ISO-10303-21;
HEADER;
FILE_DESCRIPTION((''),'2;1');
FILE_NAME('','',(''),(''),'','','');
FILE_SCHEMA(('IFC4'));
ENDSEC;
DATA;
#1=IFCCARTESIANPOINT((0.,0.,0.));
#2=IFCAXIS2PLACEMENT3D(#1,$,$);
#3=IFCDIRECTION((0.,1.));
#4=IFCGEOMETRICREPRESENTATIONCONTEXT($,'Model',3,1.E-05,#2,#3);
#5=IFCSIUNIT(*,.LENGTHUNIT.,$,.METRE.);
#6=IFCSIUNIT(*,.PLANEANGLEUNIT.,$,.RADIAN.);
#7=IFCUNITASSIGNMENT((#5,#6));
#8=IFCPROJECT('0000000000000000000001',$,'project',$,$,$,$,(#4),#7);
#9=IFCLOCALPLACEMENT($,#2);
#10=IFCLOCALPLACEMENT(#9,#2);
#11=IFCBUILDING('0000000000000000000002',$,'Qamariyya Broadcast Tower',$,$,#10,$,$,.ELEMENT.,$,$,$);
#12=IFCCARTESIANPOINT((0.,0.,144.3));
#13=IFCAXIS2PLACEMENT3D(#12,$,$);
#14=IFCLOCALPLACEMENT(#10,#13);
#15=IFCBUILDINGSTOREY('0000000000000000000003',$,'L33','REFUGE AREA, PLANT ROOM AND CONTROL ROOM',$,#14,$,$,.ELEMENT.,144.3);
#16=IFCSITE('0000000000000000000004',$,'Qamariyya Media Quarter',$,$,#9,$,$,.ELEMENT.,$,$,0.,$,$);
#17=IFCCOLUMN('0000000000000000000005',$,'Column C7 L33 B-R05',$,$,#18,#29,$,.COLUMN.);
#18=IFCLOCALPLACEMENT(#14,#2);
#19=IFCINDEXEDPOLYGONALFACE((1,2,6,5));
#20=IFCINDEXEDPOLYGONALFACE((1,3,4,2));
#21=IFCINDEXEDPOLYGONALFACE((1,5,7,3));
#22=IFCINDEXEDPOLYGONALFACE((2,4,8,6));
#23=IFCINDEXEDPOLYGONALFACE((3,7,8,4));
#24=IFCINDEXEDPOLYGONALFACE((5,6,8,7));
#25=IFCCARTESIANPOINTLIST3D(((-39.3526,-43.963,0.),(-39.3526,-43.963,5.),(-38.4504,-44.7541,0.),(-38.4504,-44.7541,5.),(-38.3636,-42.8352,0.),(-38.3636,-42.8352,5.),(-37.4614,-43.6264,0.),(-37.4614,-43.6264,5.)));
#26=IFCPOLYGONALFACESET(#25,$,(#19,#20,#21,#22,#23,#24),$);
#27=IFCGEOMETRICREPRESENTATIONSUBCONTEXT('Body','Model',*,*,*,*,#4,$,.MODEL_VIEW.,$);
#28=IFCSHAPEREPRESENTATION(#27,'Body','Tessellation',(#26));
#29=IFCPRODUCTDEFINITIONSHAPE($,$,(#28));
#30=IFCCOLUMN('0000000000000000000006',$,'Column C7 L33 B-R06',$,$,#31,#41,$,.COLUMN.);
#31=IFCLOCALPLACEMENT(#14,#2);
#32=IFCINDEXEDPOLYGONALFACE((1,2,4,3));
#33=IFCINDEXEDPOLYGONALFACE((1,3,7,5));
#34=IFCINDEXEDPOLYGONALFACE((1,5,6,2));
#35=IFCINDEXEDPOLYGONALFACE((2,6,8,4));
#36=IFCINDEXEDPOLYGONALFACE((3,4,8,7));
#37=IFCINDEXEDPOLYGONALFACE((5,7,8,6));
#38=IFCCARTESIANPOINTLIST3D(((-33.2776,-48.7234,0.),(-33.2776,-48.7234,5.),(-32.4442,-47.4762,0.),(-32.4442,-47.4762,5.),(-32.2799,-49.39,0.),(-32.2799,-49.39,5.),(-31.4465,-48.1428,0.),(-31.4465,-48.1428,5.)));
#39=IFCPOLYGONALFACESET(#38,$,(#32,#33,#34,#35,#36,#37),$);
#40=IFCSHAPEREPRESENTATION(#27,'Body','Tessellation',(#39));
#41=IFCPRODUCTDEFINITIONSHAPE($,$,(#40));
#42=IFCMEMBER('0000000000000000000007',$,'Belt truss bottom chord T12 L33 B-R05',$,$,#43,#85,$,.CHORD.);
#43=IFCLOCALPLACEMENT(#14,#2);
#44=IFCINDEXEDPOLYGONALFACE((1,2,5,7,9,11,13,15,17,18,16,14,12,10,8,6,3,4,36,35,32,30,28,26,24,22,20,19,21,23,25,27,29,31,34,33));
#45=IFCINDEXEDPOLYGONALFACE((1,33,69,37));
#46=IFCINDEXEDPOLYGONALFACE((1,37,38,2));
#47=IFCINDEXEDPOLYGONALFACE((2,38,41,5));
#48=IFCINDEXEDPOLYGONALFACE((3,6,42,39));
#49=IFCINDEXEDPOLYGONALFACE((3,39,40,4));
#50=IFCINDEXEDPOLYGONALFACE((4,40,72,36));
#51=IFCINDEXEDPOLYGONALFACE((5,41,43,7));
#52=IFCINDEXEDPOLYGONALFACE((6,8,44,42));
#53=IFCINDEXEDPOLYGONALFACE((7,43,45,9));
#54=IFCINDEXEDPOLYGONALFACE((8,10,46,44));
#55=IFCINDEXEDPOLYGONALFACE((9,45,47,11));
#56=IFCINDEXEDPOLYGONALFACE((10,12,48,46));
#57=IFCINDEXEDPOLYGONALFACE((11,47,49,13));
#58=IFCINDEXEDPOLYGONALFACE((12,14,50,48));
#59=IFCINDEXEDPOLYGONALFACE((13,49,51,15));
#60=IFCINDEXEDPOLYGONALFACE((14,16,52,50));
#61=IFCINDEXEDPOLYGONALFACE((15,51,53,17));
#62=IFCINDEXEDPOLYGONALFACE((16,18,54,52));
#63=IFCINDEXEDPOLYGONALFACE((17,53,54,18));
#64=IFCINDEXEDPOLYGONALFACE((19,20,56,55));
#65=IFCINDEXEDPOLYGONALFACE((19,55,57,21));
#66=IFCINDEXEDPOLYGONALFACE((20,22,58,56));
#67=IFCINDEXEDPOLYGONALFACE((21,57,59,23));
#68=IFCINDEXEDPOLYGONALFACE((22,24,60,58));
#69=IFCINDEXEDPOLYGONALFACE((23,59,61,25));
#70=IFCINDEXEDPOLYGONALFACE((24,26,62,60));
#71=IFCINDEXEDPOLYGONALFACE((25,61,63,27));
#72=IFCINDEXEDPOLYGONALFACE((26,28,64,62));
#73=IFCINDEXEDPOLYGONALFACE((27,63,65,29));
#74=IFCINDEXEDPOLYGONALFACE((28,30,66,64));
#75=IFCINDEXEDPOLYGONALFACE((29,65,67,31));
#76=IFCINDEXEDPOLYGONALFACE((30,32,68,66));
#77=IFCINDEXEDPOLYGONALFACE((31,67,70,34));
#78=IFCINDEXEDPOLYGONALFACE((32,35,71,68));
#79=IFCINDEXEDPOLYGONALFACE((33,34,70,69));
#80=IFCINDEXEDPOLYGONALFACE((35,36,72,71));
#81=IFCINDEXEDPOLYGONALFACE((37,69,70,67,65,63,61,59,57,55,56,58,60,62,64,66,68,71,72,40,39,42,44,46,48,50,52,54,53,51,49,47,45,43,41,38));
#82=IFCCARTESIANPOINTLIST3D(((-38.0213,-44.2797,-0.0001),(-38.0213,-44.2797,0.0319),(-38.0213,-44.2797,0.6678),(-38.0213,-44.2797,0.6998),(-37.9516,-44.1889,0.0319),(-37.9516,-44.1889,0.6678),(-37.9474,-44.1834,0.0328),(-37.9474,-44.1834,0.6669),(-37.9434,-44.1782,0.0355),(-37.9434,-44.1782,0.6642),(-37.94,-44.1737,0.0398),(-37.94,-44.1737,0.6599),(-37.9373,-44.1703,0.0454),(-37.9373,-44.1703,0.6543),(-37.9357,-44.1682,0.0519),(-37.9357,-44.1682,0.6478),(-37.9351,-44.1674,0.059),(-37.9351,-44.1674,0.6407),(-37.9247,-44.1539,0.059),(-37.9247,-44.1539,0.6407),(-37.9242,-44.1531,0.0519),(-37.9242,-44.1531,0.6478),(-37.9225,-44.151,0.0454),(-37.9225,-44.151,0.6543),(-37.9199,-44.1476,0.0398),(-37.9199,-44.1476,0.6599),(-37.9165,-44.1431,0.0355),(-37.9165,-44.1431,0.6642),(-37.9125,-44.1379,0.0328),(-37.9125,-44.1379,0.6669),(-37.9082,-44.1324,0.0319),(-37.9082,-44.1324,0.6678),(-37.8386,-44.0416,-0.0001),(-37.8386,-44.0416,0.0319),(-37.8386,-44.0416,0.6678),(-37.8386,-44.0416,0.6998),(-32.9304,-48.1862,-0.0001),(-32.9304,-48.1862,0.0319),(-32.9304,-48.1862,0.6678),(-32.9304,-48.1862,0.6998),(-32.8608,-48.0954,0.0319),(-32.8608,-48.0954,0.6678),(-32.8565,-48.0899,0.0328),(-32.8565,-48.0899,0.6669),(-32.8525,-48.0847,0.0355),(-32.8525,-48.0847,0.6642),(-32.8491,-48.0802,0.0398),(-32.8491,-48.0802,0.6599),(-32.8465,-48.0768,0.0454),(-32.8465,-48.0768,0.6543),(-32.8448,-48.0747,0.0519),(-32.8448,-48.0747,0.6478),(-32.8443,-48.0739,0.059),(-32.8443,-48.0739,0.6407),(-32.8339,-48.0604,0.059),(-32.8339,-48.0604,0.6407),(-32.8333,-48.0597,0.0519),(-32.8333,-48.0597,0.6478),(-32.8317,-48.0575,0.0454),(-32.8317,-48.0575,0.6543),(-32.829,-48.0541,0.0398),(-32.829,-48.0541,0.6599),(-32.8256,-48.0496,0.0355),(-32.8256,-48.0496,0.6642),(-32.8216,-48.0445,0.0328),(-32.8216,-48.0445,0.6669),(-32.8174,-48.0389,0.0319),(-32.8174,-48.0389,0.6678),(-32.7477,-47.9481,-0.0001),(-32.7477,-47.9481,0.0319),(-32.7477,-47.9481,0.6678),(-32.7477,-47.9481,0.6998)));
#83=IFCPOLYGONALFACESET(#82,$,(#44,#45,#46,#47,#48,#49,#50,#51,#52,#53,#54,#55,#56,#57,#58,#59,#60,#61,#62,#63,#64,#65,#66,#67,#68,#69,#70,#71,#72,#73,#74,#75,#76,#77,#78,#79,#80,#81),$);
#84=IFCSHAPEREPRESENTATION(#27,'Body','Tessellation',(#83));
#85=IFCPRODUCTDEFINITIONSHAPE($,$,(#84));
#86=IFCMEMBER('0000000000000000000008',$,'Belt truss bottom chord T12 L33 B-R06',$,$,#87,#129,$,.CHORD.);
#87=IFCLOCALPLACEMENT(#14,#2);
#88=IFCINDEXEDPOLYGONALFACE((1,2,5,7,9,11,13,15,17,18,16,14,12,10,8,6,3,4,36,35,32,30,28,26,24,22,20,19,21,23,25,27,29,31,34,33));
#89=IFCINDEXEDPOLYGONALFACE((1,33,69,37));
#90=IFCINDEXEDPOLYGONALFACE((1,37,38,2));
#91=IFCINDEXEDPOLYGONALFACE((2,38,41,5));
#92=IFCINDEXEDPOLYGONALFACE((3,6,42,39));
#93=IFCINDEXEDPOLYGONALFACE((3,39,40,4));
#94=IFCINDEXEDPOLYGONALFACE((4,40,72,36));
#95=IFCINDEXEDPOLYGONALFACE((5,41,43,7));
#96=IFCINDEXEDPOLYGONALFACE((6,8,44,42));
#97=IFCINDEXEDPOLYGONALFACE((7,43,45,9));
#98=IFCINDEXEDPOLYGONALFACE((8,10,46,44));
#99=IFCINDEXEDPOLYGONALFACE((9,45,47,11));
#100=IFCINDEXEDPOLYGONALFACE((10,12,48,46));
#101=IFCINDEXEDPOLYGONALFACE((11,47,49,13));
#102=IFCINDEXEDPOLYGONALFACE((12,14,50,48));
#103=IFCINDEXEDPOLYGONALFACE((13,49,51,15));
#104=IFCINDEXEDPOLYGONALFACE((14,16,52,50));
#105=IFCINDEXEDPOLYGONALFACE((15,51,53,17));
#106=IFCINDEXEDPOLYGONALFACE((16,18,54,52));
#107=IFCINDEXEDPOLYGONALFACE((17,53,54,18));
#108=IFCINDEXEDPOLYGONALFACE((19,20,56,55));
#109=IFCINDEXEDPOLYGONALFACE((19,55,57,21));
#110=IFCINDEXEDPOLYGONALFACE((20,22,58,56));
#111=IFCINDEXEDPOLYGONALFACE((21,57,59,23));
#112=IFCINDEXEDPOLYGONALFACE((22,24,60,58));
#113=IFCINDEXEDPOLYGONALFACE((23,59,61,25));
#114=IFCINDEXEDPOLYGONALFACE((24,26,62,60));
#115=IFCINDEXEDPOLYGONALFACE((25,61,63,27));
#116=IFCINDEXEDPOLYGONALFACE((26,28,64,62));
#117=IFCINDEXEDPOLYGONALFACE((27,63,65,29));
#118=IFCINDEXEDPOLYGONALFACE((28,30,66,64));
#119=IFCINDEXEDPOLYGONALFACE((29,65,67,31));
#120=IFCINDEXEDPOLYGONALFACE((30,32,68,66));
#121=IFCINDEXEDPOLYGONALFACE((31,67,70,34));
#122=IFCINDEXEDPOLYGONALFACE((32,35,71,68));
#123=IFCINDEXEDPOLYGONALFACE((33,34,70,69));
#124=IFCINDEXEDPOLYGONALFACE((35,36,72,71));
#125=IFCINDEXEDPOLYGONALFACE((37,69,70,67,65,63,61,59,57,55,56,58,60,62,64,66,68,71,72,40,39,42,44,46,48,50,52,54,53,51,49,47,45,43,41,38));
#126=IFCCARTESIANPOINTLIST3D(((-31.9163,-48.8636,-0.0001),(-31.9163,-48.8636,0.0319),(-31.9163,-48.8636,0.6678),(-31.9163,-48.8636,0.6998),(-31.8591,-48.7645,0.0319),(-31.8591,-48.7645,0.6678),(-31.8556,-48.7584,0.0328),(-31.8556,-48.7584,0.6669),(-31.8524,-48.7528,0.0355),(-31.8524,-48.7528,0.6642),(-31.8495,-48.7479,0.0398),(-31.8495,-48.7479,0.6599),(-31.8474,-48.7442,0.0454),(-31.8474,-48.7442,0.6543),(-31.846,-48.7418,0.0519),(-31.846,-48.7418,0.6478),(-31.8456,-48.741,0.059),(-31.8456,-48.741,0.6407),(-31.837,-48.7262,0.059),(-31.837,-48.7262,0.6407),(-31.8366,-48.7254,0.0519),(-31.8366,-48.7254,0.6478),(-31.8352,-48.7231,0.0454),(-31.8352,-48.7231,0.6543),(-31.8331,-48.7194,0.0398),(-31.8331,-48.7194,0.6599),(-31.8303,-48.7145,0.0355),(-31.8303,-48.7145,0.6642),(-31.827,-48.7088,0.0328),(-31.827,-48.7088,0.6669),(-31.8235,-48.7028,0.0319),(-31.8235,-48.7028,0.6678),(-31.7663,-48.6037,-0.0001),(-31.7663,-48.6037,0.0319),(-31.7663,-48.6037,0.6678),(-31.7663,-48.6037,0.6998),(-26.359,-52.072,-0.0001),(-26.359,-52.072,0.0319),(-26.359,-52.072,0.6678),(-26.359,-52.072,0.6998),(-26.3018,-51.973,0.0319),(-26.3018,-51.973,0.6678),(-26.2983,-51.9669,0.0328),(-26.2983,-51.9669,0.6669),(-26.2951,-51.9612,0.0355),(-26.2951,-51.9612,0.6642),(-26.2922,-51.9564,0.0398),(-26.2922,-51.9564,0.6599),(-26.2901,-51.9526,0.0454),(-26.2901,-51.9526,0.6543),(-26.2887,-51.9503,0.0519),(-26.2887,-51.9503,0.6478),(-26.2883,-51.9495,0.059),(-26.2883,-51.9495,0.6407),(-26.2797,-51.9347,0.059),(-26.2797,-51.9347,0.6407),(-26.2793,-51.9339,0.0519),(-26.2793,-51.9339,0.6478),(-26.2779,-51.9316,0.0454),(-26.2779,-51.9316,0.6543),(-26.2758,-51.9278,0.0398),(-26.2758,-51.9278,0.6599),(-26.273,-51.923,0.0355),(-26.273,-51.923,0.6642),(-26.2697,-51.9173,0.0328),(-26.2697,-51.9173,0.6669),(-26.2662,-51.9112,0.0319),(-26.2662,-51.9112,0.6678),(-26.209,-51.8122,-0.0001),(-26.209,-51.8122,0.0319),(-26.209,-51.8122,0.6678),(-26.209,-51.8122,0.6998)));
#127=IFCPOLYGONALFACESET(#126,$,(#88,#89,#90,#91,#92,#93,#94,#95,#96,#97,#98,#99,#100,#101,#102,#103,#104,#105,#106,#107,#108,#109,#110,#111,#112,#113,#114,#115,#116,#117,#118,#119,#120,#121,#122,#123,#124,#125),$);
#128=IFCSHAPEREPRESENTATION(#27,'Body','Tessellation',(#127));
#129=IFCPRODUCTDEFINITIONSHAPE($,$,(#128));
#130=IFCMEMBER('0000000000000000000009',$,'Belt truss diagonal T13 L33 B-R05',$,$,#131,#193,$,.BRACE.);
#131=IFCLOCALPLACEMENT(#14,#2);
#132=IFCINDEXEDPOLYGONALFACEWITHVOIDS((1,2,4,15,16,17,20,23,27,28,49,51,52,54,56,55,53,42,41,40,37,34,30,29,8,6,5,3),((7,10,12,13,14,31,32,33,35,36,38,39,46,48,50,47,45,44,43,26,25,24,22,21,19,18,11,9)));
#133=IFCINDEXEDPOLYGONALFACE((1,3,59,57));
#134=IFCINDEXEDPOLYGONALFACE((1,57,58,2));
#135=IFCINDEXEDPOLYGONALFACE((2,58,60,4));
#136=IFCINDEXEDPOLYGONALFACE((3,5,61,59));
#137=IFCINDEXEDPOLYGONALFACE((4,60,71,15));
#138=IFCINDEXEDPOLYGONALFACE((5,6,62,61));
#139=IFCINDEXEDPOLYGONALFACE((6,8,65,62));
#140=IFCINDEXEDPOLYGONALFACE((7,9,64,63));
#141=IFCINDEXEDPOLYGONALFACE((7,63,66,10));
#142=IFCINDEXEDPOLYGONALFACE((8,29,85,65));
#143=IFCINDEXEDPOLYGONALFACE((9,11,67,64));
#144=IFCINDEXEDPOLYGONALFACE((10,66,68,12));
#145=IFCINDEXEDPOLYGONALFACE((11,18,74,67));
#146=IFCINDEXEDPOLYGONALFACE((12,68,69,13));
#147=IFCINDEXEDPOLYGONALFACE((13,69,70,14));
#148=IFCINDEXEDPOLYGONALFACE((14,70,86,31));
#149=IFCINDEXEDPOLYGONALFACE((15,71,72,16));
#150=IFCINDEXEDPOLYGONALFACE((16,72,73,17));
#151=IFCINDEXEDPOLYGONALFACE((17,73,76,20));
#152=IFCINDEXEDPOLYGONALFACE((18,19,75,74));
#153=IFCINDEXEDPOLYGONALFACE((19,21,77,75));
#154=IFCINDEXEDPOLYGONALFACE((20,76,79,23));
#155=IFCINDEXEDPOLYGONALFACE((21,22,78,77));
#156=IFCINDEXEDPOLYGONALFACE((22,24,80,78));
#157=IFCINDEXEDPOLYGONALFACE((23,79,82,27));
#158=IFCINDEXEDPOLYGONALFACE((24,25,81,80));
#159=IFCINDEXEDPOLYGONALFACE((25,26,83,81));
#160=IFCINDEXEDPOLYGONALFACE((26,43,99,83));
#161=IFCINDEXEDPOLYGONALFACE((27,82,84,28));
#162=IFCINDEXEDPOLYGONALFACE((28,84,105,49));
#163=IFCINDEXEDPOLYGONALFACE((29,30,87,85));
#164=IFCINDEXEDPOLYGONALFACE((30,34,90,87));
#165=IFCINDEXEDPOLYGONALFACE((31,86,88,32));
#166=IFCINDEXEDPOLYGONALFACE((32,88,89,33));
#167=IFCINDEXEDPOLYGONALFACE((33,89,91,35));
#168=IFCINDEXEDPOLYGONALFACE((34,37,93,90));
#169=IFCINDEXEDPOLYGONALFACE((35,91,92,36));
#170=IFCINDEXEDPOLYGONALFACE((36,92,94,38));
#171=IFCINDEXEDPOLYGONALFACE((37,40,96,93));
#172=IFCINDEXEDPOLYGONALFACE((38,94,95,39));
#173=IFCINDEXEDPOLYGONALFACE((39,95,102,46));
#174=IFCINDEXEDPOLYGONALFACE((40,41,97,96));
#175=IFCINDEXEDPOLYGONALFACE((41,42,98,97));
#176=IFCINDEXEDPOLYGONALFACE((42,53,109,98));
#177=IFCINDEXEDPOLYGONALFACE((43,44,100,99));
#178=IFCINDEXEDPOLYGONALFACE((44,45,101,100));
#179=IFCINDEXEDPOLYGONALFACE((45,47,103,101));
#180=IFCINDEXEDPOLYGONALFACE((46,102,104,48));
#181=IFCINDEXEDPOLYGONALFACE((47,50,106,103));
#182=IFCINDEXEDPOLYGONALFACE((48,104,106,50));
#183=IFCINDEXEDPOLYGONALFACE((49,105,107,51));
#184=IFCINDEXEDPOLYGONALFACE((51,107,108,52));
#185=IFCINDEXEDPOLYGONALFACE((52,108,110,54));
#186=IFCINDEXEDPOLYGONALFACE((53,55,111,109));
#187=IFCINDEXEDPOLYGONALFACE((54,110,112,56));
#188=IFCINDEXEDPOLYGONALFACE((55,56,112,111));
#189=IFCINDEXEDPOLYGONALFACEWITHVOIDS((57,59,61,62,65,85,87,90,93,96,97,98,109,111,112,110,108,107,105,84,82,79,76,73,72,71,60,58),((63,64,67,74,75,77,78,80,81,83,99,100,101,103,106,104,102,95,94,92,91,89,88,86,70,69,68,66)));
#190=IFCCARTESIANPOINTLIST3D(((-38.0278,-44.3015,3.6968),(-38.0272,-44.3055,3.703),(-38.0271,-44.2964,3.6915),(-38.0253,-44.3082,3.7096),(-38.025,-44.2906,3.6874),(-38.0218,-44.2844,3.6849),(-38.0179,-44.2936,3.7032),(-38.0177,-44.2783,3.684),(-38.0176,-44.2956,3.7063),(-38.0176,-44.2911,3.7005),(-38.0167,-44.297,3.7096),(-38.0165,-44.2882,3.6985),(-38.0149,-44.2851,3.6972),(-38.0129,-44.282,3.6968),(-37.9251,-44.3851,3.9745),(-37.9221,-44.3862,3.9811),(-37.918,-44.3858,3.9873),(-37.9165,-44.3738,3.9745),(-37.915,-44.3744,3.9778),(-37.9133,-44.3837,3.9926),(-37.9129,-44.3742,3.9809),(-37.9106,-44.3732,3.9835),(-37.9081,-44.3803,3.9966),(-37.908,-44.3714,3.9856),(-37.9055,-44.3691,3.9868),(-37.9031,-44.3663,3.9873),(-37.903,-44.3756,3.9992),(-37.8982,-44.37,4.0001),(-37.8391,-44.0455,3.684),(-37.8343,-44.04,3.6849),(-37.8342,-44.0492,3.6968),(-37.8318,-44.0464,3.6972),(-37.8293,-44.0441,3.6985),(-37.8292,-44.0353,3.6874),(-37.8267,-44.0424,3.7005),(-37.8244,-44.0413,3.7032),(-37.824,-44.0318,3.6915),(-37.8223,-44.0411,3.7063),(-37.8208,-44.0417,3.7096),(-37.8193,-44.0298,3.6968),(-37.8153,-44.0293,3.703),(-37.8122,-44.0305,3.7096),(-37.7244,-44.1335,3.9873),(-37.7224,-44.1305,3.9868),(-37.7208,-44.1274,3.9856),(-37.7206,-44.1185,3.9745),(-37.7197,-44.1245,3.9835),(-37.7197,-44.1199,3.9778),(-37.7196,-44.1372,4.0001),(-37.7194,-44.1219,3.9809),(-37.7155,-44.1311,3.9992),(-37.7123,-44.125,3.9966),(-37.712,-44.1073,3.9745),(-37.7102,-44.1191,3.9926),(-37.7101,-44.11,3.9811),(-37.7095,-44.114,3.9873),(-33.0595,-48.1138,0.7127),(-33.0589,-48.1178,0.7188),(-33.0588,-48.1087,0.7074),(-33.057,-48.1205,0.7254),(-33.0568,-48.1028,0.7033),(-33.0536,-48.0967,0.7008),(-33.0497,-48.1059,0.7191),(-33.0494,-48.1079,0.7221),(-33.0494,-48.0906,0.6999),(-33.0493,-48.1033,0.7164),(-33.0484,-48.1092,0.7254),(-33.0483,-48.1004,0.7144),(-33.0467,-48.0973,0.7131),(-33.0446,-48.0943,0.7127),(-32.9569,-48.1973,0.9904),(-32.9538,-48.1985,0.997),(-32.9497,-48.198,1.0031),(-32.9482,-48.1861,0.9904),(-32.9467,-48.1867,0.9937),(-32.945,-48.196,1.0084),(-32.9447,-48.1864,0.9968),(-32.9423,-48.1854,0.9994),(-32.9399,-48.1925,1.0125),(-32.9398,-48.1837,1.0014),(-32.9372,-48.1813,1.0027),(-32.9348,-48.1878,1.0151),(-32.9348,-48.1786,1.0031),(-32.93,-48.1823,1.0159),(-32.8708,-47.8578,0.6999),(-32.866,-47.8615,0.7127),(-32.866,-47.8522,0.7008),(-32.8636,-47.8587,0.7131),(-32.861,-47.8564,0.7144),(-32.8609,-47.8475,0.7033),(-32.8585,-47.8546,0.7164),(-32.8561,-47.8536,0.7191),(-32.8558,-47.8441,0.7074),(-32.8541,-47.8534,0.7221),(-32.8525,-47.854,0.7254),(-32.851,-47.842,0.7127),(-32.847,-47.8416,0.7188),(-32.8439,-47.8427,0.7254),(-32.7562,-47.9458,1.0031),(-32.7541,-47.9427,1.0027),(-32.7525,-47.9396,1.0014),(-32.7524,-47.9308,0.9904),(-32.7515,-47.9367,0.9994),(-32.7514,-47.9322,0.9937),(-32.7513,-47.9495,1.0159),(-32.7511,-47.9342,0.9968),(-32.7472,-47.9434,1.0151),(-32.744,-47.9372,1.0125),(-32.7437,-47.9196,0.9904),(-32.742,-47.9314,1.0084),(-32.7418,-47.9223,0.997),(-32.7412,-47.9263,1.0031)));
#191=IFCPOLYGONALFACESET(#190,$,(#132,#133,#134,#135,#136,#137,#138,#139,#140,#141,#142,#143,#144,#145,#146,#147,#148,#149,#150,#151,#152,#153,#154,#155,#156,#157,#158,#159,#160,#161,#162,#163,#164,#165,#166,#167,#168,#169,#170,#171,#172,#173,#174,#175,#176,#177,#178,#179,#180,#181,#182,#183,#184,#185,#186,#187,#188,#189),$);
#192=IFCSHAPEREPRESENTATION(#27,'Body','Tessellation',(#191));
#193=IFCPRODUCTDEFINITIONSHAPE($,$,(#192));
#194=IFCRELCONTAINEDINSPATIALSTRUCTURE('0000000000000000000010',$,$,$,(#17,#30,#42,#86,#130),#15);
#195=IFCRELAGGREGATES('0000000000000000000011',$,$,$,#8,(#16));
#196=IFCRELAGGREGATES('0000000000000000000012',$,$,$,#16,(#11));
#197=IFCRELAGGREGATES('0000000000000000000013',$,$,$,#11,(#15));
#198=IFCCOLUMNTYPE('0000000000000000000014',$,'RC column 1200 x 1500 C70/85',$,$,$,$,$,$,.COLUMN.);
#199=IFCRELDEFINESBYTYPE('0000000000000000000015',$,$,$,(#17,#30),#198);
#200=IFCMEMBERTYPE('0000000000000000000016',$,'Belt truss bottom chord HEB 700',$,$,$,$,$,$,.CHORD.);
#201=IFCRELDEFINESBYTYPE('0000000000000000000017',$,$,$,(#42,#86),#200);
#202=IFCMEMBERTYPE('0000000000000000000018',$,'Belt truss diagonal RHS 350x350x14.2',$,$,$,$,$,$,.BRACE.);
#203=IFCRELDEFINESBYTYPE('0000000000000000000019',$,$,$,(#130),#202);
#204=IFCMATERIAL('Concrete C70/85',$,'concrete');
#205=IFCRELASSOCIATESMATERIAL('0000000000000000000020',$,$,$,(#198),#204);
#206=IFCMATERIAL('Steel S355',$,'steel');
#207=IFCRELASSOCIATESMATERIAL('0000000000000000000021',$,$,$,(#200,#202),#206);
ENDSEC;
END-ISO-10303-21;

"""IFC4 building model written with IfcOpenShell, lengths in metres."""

from ifc_helpers import new_model, si_unit, direction, frame, origin, origin_2d, place, context, subcontext, project, spatial, rectangle, hollow_rectangle, i_section, extrude, material, material_profile, profile_set, type_object, element, save


model = new_model("IFC4")

# Units and contexts
model_context = context("Model", 3, precision=1e-05, world=origin(), true_north=direction((0.0, 1.0)))
body_context = subcontext(model_context, "Body", "Model", "MODEL_VIEW")
ifc_project = project(units=[si_unit("LENGTHUNIT", "METRE"), si_unit("PLANEANGLEUNIT", "RADIAN")], contexts=[model_context])

# Site, building, storey
site_placement = place(None, origin())
site = spatial("IfcSite", under=ifc_project, at=site_placement, Name="Qamariyya Media Quarter", CompositionType="ELEMENT", RefElevation=0.0)
building_placement = place(site_placement, origin())
building = spatial("IfcBuilding", under=site, at=building_placement, Name="Qamariyya Broadcast Tower", CompositionType="ELEMENT")
storey_placement = place(building_placement, frame((0.0, 0.0, 144.3)))
storey = spatial("IfcBuildingStorey", under=building, at=storey_placement, Name="L33", Description="REFUGE AREA, PLANT ROOM AND CONTROL ROOM", CompositionType="ELEMENT", Elevation=144.3)

# Columns
ifc_material_1 = material(Name="Concrete C70/85", Category="concrete")
ifc_material_profile_1 = material_profile(ifc_material_1, rectangle(XDim=1.2, YDim=1.5, at=origin_2d()))
ifc_profile_set_1 = profile_set([ifc_material_profile_1], Name="Concrete C70/85")
column_type = type_object("IfcColumnType", Name="RC column 1200 x 1500 C70/85", PredefinedType="COLUMN", material=ifc_profile_set_1)
for number, where, z_axis, x_axis, name in (
    (1, (-38.407, -43.7947, 0.0), (0.0, 0.0, 1.0), (0.75184, -0.659346, 0.0), "Column C7 L33 B-R05"),
    (2, (-32.3621, -48.4331, 0.0), (0.0, 0.0, 1.0), (0.83147, -0.55557, 0.0), "Column C7 L33 B-R06"),
):
    element("IfcColumn", number, at=place(storey_placement, frame(where, z_axis=z_axis, x_axis=x_axis)), inside=storey, type_object=column_type, Name=name, PredefinedType="COLUMN", context=body_context, shape_type="SweptSolid", body=[
        extrude(rectangle(XDim=1.2, YDim=1.5, at=origin_2d()), origin(), (0.0, 0.0, 1.0), 5.0),
    ])

# Members
ifc_material_2 = material(Name="Steel S355", Category="steel")
ifc_material_profile_2 = material_profile(ifc_material_2, i_section(OverallWidth=0.3, OverallDepth=0.7, WebThickness=0.0171, FlangeThickness=0.032, FilletRadius=0.0271, at=origin_2d()))
ifc_profile_set_2 = profile_set([ifc_material_profile_2], Name="Steel S355")
member_type_1 = type_object("IfcMemberType", Name="Belt truss bottom chord HEB 700", PredefinedType="CHORD", material=ifc_profile_set_2)
for number, where, z_axis, x_axis, name in (
    (3, (-37.9299, -44.1606, 0.3499), (0.793341, -0.608778, 0.0), (0.608778, 0.793341, 0.0), "Belt truss bottom chord T12 L33 B-R05"),
    (4, (-31.8413, -48.7336, 0.3499), (0.866029, -0.499994, 0.0), (0.499994, 0.866029, 0.0), "Belt truss bottom chord T12 L33 B-R06"),
):
    element("IfcMember", number, at=place(storey_placement, frame(where, z_axis=z_axis, x_axis=x_axis)), inside=storey, type_object=member_type_1, Name=name, PredefinedType="CHORD", context=body_context, shape_type="SweptSolid", body=[
        extrude(i_section(OverallWidth=0.3, OverallDepth=0.7, WebThickness=0.0171, FlangeThickness=0.032, FilletRadius=0.0271, at=origin_2d()), origin(), (0.0, 0.0, 1.0), 6.417),
    ])
ifc_material_profile_3 = material_profile(ifc_material_2, hollow_rectangle(XDim=0.3501, YDim=0.3501, WallThickness=0.0142, InnerFilletRadius=0.0142, OuterFilletRadius=0.0283, at=origin_2d()))
ifc_profile_set_3 = profile_set([ifc_material_profile_3], Name="Steel S355")
member_type_2 = type_object("IfcMemberType", Name="Belt truss diagonal RHS 350x350x14.2", PredefinedType="BRACE", material=ifc_profile_set_3)
for number, where, z_axis, x_axis, name in (
    (5, (-37.8687, -44.2078, 3.842), (0.716198, -0.549554, -0.430176), (0.608759, 0.793355, 0.0), "Belt truss diagonal T13 L33 B-R05"),
):
    element("IfcMember", number, at=place(storey_placement, frame(where, z_axis=z_axis, x_axis=x_axis)), inside=storey, type_object=member_type_2, Name=name, PredefinedType="BRACE", context=body_context, shape_type="SweptSolid", body=[
        extrude(hollow_rectangle(XDim=0.3501, YDim=0.3501, WallThickness=0.0142, InnerFilletRadius=0.0142, OuterFilletRadius=0.0283, at=origin_2d()), origin(), (0.0, 0.0, 1.0), 6.937),
    ])

save(model, "model.ifc")
